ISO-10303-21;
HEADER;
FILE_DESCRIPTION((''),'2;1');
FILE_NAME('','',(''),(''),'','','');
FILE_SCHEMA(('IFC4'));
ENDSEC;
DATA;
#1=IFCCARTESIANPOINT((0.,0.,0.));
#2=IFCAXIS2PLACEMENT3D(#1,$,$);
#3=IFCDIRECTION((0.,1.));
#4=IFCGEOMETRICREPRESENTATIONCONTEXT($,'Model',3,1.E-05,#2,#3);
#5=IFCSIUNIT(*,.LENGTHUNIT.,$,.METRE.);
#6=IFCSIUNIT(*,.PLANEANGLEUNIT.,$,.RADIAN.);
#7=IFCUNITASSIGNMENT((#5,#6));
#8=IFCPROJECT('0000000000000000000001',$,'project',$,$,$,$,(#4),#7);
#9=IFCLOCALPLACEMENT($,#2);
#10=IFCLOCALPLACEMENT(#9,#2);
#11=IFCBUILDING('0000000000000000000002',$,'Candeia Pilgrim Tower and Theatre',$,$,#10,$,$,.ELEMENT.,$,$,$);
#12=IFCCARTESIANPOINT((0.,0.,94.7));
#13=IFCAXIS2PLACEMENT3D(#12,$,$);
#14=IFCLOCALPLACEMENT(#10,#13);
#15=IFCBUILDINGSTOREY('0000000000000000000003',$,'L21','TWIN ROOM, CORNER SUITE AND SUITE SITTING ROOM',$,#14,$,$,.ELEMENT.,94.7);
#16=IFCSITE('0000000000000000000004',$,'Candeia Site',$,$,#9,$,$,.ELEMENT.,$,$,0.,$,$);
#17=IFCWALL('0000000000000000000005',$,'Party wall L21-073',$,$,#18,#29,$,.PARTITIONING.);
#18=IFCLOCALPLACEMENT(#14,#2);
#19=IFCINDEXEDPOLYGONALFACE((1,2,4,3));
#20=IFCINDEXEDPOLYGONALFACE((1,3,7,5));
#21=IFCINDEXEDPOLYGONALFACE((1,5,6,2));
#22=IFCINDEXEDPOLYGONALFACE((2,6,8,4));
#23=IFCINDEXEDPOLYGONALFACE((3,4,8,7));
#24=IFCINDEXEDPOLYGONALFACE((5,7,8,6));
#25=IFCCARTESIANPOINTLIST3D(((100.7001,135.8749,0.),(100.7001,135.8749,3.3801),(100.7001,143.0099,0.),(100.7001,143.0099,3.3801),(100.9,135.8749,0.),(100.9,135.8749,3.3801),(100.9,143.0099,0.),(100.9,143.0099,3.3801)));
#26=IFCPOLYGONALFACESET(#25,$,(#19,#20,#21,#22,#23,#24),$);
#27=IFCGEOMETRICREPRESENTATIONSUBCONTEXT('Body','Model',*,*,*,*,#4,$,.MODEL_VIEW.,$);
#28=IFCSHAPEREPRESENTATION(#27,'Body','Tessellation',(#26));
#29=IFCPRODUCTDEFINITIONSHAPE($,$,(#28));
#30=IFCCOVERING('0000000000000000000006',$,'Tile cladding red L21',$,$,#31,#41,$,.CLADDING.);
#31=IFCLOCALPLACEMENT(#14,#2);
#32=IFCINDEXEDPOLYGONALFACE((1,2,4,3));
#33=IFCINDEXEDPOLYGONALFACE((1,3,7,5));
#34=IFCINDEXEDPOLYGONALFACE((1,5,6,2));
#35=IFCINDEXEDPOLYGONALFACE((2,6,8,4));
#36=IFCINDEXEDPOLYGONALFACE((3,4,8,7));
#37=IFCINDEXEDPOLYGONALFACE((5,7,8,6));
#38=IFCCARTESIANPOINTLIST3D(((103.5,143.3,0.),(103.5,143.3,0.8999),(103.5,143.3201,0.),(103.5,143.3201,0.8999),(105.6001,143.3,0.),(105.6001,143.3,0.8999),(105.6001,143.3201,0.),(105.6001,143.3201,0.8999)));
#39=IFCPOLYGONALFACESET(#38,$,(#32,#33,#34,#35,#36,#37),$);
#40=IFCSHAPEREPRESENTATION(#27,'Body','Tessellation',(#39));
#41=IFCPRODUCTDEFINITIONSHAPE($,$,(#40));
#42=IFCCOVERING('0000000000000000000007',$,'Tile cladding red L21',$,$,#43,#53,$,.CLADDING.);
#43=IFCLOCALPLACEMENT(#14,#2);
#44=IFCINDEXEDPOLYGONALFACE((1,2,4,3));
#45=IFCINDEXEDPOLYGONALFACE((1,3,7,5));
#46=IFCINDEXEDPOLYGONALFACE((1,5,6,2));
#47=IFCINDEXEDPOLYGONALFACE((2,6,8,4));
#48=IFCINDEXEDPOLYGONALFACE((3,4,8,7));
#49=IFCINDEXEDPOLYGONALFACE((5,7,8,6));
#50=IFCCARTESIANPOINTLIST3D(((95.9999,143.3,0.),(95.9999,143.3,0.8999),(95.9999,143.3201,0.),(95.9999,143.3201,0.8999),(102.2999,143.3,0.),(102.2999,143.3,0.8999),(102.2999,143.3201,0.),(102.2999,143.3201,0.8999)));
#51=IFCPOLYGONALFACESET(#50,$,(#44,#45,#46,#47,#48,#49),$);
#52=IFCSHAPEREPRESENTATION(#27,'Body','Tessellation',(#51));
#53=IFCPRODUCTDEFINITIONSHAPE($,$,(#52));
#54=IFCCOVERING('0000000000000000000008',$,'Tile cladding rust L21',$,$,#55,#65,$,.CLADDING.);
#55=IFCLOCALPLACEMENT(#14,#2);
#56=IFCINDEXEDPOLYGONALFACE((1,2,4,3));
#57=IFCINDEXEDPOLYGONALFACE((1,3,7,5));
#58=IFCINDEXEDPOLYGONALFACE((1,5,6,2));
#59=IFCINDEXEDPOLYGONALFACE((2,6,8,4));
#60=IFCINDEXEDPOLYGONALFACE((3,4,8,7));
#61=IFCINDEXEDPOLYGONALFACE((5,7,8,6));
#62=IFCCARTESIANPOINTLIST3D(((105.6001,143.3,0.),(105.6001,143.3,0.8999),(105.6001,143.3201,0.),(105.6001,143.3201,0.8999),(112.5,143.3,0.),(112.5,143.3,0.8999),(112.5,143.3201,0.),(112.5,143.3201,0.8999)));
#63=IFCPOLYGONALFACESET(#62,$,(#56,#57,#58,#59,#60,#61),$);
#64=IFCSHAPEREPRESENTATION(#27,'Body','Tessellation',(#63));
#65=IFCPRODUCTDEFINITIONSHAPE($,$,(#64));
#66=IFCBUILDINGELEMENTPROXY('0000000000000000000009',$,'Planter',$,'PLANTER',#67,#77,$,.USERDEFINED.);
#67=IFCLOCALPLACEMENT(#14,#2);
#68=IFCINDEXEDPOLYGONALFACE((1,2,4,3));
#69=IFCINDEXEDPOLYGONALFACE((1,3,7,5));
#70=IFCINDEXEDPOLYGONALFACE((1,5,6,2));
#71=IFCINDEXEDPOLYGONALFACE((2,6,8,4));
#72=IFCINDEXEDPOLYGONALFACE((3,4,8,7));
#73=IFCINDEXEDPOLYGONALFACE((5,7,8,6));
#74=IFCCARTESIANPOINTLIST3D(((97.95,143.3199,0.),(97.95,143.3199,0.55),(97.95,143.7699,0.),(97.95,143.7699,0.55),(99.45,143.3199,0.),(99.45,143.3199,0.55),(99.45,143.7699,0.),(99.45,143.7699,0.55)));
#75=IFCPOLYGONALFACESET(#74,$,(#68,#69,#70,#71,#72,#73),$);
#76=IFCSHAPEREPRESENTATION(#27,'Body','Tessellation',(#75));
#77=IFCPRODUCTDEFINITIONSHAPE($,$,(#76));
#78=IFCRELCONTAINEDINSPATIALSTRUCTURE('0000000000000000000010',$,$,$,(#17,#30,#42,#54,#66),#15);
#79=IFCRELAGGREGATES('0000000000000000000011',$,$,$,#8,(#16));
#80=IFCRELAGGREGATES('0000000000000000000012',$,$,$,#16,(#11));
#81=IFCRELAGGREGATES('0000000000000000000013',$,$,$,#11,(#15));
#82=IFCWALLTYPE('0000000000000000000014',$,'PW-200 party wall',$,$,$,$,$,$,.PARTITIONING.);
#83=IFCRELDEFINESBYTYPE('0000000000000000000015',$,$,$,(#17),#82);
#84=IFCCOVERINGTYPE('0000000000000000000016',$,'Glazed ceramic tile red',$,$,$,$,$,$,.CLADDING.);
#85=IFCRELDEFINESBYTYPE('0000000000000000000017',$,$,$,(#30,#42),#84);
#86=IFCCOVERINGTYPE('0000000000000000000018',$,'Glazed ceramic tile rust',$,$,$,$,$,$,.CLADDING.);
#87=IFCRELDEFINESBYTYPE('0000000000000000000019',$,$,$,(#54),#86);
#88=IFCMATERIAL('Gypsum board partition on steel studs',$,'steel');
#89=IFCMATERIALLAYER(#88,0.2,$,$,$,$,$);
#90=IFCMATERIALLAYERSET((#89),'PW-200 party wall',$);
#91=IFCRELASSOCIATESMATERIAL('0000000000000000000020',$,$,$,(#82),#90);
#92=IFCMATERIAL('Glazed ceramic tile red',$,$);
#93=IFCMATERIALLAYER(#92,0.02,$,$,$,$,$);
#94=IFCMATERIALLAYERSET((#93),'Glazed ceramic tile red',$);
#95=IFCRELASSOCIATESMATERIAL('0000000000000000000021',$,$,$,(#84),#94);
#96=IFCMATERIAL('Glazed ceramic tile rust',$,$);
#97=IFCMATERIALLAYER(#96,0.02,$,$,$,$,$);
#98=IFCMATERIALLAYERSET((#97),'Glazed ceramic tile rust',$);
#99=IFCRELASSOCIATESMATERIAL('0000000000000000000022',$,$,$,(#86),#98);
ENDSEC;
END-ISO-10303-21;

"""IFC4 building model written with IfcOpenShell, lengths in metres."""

from ifc_helpers import new_model, si_unit, direction, frame, frame_2d, origin, origin_2d, place, context, subcontext, project, spatial, rectangle, extrude, material, layer, layer_set, type_object, element, save


model = new_model("IFC4")

# Units and contexts
model_context = context("Model", 3, precision=1e-05, world=origin(), true_north=direction((0.0, 1.0)))
body_context = subcontext(model_context, "Body", "Model", "MODEL_VIEW")
ifc_project = project(units=[si_unit("LENGTHUNIT", "METRE"), si_unit("PLANEANGLEUNIT", "RADIAN")], contexts=[model_context])

# Site, building, storey
site_placement = place(None, origin())
site = spatial("IfcSite", under=ifc_project, at=site_placement, Name="Candeia Site", CompositionType="ELEMENT", RefElevation=0.0)
building_placement = place(site_placement, origin())
building = spatial("IfcBuilding", under=site, at=building_placement, Name="Candeia Pilgrim Tower and Theatre", CompositionType="ELEMENT")
storey_placement = place(building_placement, frame((0.0, 0.0, 94.7)))
storey = spatial("IfcBuildingStorey", under=building, at=storey_placement, Name="L21", Description="TWIN ROOM, CORNER SUITE AND SUITE SITTING ROOM", CompositionType="ELEMENT", Elevation=94.7)

# Shared definitions
ifc_material_1 = material(Name="Gypsum board partition on steel studs", Category="steel")

# Wall
ifc_layer_1 = layer(ifc_material_1, 0.2)
ifc_layer_set_1 = layer_set([ifc_layer_1], Name="PW-200 party wall")
wall_type_1 = type_object("IfcWallType", Name="PW-200 party wall", PredefinedType="PARTITIONING", material=ifc_layer_set_1)
wall_1_placement = place(storey_placement, frame((100.8, 135.875, 0.0), z_axis=(0.0, 0.0, 1.0), x_axis=(0.0, 1.0, 0.0)))
element("IfcWall", 1, at=wall_1_placement, inside=storey, type_object=wall_type_1, Name="Party wall L21-073", PredefinedType="PARTITIONING", context=body_context, shape_type="SweptSolid", body=[
    extrude(rectangle(XDim=7.135, YDim=0.2, at=frame_2d((3.5674, 0.0))), origin(), (0.0, 0.0, 1.0), 3.3801),
])

# Coverings
ifc_material_2 = material(Name="Glazed ceramic tile red")
ifc_layer_2 = layer(ifc_material_2, 0.02)
ifc_layer_set_2 = layer_set([ifc_layer_2], Name="Glazed ceramic tile red")
covering_type_1 = type_object("IfcCoveringType", Name="Glazed ceramic tile red", PredefinedType="CLADDING", material=ifc_layer_set_2)
covering_1_placement = place(storey_placement, frame((104.55, 143.3101, 0.0), z_axis=(0.0, 0.0, 1.0), x_axis=(-1.0, 0.0, 0.0)))
element("IfcCovering", 2, at=covering_1_placement, inside=storey, type_object=covering_type_1, Name="Tile cladding red L21", PredefinedType="CLADDING", context=body_context, shape_type="SweptSolid", body=[
    extrude(rectangle(XDim=2.1001, YDim=0.02, at=origin_2d()), origin(), (0.0, 0.0, 1.0), 0.8999),
])
covering_2_placement = place(storey_placement, frame((99.1499, 143.3101, 0.0), z_axis=(0.0, 0.0, 1.0), x_axis=(-1.0, 0.0, 0.0)))
element("IfcCovering", 3, at=covering_2_placement, inside=storey, type_object=covering_type_1, Name="Tile cladding red L21", PredefinedType="CLADDING", context=body_context, shape_type="SweptSolid", body=[
    extrude(rectangle(XDim=6.3, YDim=0.02, at=origin_2d()), origin(), (0.0, 0.0, 1.0), 0.8999),
])
ifc_material_3 = material(Name="Glazed ceramic tile rust")
ifc_layer_3 = layer(ifc_material_3, 0.02)
ifc_layer_set_3 = layer_set([ifc_layer_3], Name="Glazed ceramic tile rust")
covering_type_2 = type_object("IfcCoveringType", Name="Glazed ceramic tile rust", PredefinedType="CLADDING", material=ifc_layer_set_3)
covering_3_placement = place(storey_placement, frame((109.05, 143.3101, 0.0), z_axis=(0.0, 0.0, 1.0), x_axis=(-1.0, 0.0, 0.0)))
element("IfcCovering", 4, at=covering_3_placement, inside=storey, type_object=covering_type_2, Name="Tile cladding rust L21", PredefinedType="CLADDING", context=body_context, shape_type="SweptSolid", body=[
    extrude(rectangle(XDim=6.8999, YDim=0.02, at=origin_2d()), origin(), (0.0, 0.0, 1.0), 0.8999),
])

# Building element proxy
proxy_placement = place(storey_placement, frame((98.7, 143.5449, 0.0), z_axis=(0.0, 0.0, 1.0), x_axis=(-1.0, 0.0, 0.0)))
element("IfcBuildingElementProxy", 5, at=proxy_placement, inside=storey, Name="Planter", ObjectType="PLANTER", PredefinedType="USERDEFINED", context=body_context, shape_type="SweptSolid", body=[
    extrude(rectangle(XDim=1.5, YDim=0.45, at=origin_2d()), origin(), (0.0, 0.0, 1.0), 0.55),
])

save(model, "model.ifc")
